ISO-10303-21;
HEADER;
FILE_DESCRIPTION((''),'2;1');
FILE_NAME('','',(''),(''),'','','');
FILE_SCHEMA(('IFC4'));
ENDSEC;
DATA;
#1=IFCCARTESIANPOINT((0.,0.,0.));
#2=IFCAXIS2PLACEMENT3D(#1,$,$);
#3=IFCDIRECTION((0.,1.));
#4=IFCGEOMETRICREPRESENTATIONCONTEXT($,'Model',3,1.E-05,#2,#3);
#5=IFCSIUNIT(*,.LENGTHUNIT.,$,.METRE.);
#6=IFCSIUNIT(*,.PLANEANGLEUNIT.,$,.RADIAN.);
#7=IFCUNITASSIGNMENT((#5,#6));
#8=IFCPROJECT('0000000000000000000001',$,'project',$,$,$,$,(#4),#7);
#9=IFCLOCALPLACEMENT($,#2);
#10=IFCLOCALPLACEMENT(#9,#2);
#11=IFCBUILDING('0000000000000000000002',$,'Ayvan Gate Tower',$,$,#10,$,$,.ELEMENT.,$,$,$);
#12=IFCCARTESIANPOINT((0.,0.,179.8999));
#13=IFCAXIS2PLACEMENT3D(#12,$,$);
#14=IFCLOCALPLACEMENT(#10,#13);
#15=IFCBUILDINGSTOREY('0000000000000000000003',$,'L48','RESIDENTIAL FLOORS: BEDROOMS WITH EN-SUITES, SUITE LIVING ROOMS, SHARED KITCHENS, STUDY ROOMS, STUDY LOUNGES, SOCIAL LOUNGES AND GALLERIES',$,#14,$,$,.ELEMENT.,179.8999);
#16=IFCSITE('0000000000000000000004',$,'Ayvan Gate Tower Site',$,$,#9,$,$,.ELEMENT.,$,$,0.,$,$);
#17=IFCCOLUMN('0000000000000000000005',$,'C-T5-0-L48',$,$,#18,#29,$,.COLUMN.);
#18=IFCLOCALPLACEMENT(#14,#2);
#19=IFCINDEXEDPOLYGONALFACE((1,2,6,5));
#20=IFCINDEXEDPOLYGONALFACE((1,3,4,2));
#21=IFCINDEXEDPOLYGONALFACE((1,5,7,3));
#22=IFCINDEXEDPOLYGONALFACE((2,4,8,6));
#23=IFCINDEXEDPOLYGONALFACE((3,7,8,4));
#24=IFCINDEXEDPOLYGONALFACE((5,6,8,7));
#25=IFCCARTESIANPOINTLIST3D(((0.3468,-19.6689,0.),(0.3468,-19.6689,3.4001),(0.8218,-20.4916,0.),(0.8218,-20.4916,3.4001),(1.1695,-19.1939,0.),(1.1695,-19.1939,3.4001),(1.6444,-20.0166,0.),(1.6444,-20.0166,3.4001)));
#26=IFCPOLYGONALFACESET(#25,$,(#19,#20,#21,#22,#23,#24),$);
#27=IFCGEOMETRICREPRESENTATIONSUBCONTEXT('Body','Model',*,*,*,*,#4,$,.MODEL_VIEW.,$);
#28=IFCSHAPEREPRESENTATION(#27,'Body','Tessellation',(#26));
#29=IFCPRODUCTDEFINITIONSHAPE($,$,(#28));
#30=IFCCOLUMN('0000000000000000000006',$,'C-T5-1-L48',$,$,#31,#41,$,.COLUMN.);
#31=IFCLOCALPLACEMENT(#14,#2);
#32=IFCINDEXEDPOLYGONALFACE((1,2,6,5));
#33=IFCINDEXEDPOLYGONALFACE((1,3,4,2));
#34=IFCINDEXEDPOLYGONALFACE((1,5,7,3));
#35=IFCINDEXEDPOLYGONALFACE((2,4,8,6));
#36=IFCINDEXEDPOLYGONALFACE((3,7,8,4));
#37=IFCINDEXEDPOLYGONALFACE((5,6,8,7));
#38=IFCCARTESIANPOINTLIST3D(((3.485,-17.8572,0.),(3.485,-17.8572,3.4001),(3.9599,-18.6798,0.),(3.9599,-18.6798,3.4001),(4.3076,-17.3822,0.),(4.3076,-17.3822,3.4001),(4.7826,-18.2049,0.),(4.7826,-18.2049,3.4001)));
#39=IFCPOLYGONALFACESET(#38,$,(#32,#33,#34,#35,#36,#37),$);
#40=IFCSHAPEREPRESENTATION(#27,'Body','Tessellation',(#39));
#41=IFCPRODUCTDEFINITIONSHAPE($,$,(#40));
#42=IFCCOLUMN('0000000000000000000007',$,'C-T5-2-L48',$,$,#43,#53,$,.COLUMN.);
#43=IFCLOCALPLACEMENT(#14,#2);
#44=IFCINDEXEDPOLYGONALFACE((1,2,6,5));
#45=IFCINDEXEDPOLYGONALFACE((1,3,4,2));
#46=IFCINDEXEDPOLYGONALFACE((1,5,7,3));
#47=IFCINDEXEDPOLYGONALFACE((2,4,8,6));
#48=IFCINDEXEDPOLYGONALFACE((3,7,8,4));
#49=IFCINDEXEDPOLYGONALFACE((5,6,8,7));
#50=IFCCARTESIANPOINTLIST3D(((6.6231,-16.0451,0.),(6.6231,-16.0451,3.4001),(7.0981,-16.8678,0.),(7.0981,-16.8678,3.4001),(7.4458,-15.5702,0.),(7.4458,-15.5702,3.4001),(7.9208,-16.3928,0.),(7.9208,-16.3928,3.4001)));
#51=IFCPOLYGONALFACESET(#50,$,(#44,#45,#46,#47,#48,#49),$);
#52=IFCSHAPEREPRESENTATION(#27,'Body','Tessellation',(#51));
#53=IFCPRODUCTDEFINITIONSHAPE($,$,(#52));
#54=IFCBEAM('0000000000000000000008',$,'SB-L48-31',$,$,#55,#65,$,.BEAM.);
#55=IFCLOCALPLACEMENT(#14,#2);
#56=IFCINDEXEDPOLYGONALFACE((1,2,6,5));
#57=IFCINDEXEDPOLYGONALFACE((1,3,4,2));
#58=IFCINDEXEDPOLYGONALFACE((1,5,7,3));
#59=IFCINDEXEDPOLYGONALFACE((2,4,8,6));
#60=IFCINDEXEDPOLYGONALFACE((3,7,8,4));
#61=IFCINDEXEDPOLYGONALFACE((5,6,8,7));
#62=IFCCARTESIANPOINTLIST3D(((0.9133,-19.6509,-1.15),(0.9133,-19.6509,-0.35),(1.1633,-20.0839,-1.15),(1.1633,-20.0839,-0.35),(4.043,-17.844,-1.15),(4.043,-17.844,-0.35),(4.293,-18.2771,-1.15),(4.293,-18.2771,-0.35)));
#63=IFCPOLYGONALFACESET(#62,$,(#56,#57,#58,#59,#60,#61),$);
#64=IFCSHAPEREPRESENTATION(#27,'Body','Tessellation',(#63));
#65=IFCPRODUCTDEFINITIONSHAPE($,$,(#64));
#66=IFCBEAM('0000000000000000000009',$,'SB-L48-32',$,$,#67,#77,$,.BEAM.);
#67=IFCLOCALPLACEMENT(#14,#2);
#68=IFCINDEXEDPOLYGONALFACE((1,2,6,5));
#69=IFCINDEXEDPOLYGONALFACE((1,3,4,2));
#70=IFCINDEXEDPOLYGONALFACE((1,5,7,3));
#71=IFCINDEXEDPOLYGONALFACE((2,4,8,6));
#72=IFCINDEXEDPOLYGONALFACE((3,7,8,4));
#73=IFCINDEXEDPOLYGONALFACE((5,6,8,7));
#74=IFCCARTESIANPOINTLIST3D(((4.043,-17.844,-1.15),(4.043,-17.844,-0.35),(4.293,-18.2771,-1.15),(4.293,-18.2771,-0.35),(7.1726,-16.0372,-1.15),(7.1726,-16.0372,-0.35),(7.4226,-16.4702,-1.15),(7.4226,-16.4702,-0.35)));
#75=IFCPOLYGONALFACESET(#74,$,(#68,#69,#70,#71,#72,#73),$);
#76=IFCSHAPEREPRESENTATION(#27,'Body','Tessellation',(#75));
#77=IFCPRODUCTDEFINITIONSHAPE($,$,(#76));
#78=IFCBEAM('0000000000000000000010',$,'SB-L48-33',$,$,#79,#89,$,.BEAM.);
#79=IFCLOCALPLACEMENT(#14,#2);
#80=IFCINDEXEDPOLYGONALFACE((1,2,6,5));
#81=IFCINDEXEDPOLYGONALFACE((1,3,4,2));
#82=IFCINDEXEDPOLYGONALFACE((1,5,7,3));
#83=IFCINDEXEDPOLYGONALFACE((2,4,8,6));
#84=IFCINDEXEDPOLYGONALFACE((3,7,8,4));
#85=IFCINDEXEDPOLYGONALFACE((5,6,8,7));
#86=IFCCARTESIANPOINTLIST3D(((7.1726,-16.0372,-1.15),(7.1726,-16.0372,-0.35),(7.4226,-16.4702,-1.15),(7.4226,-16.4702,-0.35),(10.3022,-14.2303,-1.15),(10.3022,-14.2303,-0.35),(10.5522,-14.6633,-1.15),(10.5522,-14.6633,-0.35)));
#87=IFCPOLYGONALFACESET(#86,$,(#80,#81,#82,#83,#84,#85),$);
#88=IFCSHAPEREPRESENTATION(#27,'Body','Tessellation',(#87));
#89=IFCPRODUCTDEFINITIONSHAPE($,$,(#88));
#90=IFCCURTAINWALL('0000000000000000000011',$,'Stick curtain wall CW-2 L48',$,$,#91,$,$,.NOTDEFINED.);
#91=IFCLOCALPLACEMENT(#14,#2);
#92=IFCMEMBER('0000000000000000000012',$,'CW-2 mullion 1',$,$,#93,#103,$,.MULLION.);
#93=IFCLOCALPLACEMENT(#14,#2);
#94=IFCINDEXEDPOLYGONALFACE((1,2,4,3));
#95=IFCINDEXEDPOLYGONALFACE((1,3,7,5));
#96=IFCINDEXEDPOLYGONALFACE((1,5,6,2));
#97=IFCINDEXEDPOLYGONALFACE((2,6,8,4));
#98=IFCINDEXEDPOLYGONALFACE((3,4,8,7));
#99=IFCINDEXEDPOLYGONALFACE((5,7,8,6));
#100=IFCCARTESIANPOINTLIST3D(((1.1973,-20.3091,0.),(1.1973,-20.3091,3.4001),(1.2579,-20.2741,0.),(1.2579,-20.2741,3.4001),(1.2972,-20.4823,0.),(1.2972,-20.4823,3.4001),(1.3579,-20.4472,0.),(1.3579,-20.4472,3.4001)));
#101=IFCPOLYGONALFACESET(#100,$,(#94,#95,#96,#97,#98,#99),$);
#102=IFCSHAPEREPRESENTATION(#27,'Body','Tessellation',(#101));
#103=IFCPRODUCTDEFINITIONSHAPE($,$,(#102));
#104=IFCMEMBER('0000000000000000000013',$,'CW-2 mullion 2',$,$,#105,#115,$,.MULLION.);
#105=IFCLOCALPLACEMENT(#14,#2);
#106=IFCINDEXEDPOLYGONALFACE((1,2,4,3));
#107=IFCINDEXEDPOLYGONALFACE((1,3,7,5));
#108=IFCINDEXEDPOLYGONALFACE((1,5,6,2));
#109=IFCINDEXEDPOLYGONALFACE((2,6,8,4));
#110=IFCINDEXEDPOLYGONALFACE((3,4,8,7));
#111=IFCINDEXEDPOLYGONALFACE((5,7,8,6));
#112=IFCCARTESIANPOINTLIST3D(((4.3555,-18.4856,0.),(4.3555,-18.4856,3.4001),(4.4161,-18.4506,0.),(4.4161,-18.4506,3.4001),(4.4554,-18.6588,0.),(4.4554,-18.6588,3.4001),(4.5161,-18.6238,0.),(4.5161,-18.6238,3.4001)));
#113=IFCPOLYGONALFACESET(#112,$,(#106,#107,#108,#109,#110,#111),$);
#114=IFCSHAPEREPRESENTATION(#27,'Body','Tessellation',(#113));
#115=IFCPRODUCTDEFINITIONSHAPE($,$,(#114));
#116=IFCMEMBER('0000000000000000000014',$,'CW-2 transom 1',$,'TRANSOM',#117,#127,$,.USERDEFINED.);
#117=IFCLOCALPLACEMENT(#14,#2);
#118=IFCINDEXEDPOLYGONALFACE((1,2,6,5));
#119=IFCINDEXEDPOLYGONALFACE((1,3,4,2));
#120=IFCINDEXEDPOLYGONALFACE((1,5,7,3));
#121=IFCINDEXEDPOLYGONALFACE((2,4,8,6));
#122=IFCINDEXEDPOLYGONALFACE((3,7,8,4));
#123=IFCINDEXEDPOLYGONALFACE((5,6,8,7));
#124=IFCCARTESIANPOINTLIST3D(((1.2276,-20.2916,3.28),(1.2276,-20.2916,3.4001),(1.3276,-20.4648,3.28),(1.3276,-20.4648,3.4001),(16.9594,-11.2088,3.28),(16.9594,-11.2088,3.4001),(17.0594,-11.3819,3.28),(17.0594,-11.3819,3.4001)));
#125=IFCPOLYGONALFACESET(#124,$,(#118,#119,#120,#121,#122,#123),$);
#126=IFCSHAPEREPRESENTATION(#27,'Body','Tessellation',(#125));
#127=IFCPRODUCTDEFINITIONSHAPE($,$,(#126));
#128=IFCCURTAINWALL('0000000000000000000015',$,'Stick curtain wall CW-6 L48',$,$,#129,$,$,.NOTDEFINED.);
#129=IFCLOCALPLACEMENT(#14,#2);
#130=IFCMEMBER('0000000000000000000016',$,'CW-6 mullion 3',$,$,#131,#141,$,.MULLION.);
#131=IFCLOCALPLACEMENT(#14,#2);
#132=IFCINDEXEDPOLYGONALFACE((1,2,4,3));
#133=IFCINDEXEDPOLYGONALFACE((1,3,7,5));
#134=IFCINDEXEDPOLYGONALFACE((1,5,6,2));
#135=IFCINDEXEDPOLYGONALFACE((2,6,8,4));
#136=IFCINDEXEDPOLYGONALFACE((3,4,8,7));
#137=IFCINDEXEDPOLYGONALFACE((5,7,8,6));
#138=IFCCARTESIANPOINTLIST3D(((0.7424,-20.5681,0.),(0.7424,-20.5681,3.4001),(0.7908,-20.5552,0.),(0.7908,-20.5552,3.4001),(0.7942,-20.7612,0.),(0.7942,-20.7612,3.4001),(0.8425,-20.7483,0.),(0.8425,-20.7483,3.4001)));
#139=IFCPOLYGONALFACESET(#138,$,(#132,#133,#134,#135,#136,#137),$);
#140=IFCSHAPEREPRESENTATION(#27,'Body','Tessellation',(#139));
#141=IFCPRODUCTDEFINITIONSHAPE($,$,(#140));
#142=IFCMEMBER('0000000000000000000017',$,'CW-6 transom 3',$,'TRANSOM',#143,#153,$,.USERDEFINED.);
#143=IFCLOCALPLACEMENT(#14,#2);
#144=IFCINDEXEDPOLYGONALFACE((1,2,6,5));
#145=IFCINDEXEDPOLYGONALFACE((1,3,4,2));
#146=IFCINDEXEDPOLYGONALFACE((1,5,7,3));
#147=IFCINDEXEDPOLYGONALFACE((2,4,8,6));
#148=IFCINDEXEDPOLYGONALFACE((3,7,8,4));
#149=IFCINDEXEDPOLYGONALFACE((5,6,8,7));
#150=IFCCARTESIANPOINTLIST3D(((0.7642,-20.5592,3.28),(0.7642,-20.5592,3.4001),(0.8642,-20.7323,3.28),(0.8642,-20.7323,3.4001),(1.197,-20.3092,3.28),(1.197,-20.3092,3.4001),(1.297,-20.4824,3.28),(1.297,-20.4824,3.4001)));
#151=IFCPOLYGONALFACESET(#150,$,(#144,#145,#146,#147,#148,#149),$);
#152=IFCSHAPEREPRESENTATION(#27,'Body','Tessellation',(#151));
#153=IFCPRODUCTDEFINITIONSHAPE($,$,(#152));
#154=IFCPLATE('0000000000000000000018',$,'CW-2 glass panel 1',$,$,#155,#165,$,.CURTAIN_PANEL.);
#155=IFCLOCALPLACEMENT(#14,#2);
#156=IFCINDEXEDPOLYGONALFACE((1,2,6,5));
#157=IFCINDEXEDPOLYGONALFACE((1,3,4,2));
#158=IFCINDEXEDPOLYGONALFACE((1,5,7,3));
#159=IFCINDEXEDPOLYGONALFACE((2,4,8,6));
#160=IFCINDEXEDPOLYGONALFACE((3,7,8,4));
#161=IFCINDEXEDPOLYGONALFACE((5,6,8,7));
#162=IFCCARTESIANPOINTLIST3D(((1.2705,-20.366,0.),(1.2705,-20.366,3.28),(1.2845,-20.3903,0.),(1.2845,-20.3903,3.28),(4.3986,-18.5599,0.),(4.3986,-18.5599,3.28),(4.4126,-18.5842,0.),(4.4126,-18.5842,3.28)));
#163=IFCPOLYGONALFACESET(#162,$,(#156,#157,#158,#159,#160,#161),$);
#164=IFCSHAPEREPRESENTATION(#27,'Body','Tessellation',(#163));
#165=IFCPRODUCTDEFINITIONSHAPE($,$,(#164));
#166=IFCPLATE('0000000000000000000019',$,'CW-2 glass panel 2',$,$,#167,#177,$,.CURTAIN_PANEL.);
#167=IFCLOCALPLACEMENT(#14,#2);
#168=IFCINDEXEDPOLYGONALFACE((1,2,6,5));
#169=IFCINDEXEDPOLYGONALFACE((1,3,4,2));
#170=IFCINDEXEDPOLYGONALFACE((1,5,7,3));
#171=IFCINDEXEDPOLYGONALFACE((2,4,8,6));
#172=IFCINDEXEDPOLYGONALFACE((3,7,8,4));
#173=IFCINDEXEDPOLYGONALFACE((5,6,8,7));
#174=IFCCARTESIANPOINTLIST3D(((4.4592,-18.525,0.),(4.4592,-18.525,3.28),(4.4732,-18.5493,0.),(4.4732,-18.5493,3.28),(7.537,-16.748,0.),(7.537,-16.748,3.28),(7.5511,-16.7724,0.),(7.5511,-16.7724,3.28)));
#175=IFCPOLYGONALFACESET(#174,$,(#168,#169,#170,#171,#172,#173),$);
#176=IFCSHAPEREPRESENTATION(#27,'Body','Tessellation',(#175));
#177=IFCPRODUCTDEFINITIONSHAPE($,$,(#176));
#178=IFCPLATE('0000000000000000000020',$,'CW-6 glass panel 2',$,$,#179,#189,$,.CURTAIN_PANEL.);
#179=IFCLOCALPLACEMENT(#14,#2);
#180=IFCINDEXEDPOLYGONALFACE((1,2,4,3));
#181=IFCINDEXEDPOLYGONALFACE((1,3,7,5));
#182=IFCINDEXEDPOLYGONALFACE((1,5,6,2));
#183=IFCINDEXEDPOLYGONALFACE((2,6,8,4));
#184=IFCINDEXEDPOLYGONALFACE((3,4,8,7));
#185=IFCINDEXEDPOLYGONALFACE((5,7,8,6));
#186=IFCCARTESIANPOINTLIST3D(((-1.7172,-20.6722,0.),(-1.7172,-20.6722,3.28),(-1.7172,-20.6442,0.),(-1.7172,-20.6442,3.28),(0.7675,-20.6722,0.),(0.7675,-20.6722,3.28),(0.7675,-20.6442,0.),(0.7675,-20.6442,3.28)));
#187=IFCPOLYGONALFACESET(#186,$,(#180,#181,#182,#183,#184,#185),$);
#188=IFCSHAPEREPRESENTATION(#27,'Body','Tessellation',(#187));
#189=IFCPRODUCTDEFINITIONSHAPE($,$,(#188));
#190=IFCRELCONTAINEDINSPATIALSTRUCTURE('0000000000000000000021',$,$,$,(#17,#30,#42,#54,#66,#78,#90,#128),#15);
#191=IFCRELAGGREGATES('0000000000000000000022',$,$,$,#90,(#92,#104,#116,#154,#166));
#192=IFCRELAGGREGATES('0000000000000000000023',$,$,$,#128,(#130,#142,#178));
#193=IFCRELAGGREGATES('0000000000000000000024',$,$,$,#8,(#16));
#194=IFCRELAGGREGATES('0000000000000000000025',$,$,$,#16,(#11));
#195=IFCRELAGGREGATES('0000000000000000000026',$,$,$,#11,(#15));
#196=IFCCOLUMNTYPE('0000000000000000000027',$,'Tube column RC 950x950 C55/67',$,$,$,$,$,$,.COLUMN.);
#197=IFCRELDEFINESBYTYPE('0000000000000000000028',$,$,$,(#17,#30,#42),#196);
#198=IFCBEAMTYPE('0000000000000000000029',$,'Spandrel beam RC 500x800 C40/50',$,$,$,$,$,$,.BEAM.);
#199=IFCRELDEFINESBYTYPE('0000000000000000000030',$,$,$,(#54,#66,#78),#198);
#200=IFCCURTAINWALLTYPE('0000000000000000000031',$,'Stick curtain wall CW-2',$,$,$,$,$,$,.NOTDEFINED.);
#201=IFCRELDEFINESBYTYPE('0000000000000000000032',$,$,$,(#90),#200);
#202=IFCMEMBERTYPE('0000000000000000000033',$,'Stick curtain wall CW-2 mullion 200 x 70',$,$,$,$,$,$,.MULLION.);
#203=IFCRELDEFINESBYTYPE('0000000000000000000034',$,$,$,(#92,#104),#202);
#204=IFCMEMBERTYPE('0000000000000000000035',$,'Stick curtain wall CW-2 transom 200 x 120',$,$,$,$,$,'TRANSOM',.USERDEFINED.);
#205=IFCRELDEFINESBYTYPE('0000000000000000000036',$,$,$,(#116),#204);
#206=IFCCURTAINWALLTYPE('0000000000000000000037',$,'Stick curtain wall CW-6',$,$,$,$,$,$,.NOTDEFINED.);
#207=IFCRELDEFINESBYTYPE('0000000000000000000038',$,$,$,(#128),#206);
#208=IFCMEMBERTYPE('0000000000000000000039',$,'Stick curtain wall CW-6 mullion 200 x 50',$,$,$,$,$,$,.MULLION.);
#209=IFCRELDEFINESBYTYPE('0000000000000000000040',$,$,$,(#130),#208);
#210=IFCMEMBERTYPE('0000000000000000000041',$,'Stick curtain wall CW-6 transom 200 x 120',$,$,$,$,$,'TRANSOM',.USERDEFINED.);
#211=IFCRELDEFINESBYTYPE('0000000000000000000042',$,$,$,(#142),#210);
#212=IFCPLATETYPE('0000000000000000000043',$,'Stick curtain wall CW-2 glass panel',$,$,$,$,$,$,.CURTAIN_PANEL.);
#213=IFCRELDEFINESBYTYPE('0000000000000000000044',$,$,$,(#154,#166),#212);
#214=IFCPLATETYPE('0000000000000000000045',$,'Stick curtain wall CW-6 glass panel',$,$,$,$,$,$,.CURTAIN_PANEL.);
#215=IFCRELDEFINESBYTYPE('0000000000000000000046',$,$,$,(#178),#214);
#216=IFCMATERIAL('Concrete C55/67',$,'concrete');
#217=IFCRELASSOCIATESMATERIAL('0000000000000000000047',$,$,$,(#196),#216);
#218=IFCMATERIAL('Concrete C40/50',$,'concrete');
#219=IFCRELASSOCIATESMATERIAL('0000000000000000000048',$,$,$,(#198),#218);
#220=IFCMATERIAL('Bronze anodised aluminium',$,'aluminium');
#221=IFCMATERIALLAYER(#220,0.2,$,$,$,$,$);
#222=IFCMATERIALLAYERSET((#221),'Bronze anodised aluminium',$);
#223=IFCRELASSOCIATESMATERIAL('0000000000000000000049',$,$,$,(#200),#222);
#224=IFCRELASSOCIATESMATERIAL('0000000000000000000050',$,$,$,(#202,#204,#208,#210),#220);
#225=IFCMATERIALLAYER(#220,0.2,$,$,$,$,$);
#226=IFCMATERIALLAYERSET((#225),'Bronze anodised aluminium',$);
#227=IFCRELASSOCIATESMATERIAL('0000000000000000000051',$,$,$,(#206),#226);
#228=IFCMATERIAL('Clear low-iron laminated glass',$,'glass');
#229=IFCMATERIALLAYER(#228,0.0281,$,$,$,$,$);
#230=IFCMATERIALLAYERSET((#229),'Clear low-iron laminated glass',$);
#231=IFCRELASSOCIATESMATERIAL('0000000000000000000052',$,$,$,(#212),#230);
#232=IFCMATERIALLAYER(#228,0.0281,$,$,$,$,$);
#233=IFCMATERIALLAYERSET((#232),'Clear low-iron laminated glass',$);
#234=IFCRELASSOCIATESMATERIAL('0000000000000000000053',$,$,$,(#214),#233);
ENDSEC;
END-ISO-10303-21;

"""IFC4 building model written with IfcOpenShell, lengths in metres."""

from ifc_helpers import new_model, si_unit, direction, frame, origin, origin_2d, place, context, subcontext, project, spatial, rectangle, extrude, material, layer, layer_set, material_profile, profile_set, type_object, element, aggregate, save


model = new_model("IFC4")

# Units and contexts
model_context = context("Model", 3, precision=1e-05, world=origin(), true_north=direction((0.0, 1.0)))
body_context = subcontext(model_context, "Body", "Model", "MODEL_VIEW")
ifc_project = project(units=[si_unit("LENGTHUNIT", "METRE"), si_unit("PLANEANGLEUNIT", "RADIAN")], contexts=[model_context])

# Site, building, storey
site_placement = place(None, origin())
site = spatial("IfcSite", under=ifc_project, at=site_placement, Name="Ayvan Gate Tower Site", CompositionType="ELEMENT", RefElevation=0.0)
building_placement = place(site_placement, origin())
building = spatial("IfcBuilding", under=site, at=building_placement, Name="Ayvan Gate Tower", CompositionType="ELEMENT")
storey_placement = place(building_placement, frame((0.0, 0.0, 179.8999)))
storey = spatial("IfcBuildingStorey", under=building, at=storey_placement, Name="L48", Description="RESIDENTIAL FLOORS: BEDROOMS WITH EN-SUITES, SUITE LIVING ROOMS, SHARED KITCHENS, STUDY ROOMS, STUDY LOUNGES, SOCIAL LOUNGES AND GALLERIES", CompositionType="ELEMENT", Elevation=179.8999)

# Columns
ifc_material_1 = material(Name="Concrete C55/67", Category="concrete")
ifc_material_profile_1 = material_profile(ifc_material_1, rectangle(XDim=0.95, YDim=0.95, at=origin_2d()), Name="RC 950x950")
ifc_profile_set_1 = profile_set([ifc_material_profile_1], Name="Concrete C55/67")
column_type = type_object("IfcColumnType", Name="Tube column RC 950x950 C55/67", PredefinedType="COLUMN", material=ifc_profile_set_1)
for number, where, z_axis, x_axis, name in (
    (1, (0.9956, -19.8428, 0.0), (0.0, 0.0, 1.0), (0.5, -0.866025, 0.0), "C-T5-0-L48"),
    (2, (4.1338, -18.031, 0.0), (0.0, 0.0, 1.0), (0.5, -0.866025, 0.0), "C-T5-1-L48"),
    (3, (7.272, -16.219, 0.0), (0.0, 0.0, 1.0), (0.5, -0.866025, 0.0), "C-T5-2-L48"),
):
    element("IfcColumn", number, at=place(storey_placement, frame(where, z_axis=z_axis, x_axis=x_axis)), inside=storey, type_object=column_type, Name=name, PredefinedType="COLUMN", context=body_context, shape_type="SweptSolid", body=[
        extrude(rectangle(XDim=0.95, YDim=0.95, at=origin_2d()), origin(), (0.0, 0.0, 1.0), 3.4001),
    ])

# Beams
ifc_material_2 = material(Name="Concrete C40/50", Category="concrete")
ifc_material_profile_2 = material_profile(ifc_material_2, rectangle(XDim=0.5, YDim=0.8, at=origin_2d()), Name="RC 500x800")
ifc_profile_set_2 = profile_set([ifc_material_profile_2], Name="Concrete C40/50")
beam_type = type_object("IfcBeamType", Name="Spandrel beam RC 500x800 C40/50", PredefinedType="BEAM", material=ifc_profile_set_2)
for number, where, z_axis, x_axis, name in (
    (4, (1.0383, -19.8674, -0.75), (0.866027, 0.499997, 0.0), (-0.499997, 0.866027, 0.0), "SB-L48-31"),
    (5, (4.168, -18.0605, -0.75), (0.866027, 0.499997, 0.0), (-0.499997, 0.866027, 0.0), "SB-L48-32"),
    (6, (7.2976, -16.2537, -0.75), (0.866027, 0.499997, 0.0), (-0.499997, 0.866027, 0.0), "SB-L48-33"),
):
    element("IfcBeam", number, at=place(storey_placement, frame(where, z_axis=z_axis, x_axis=x_axis)), inside=storey, type_object=beam_type, Name=name, PredefinedType="BEAM", context=body_context, shape_type="SweptSolid", body=[
        extrude(rectangle(XDim=0.5, YDim=0.8, at=origin_2d()), origin(), (0.0, 0.0, 1.0), 3.6138),
    ])

# Curtain walls, members
ifc_material_3 = material(Name="Bronze anodised aluminium", Category="aluminium")
ifc_layer_1 = layer(ifc_material_3, 0.2)
ifc_layer_set_1 = layer_set([ifc_layer_1], Name="Bronze anodised aluminium")
curtain_wall_type_1 = type_object("IfcCurtainWallType", Name="Stick curtain wall CW-2", PredefinedType="NOTDEFINED", material=ifc_layer_set_1)
curtain_wall_1_placement = place(storey_placement, origin())
curtain_wall_1 = element("IfcCurtainWall", 7, at=curtain_wall_1_placement, inside=storey, type_object=curtain_wall_type_1, Name="Stick curtain wall CW-2 L48", PredefinedType="NOTDEFINED")
ifc_material_profile_3 = material_profile(ifc_material_3, rectangle(XDim=0.2, YDim=0.0701, at=origin_2d()), Name="Stick curtain wall CW-2 mullion 200 x 70")
ifc_profile_set_3 = profile_set([ifc_material_profile_3], Name="Bronze anodised aluminium")
member_type_1 = type_object("IfcMemberType", Name="Stick curtain wall CW-2 mullion 200 x 70", PredefinedType="MULLION", material=ifc_profile_set_3)
member_1_placement = place(storey_placement, frame((1.2776, -20.3782, 0.0), z_axis=(0.0, 0.0, 1.0), x_axis=(0.5, -0.866025, 0.0)))
member_1 = element("IfcMember", 8, at=member_1_placement, type_object=member_type_1, Name="CW-2 mullion 1", PredefinedType="MULLION", context=body_context, shape_type="SweptSolid", body=[
    extrude(rectangle(XDim=0.2, YDim=0.0701, at=origin_2d()), origin(), (0.0, 0.0, 1.0), 3.4001),
])
member_2_placement = place(storey_placement, frame((4.4358, -18.5547, 0.0), z_axis=(0.0, 0.0, 1.0), x_axis=(0.5, -0.866025, 0.0)))
member_2 = element("IfcMember", 9, at=member_2_placement, type_object=member_type_1, Name="CW-2 mullion 2", PredefinedType="MULLION", context=body_context, shape_type="SweptSolid", body=[
    extrude(rectangle(XDim=0.2, YDim=0.0701, at=origin_2d()), origin(), (0.0, 0.0, 1.0), 3.4001),
])
ifc_material_profile_4 = material_profile(ifc_material_3, rectangle(XDim=0.2, YDim=0.1201, at=origin_2d()), Name="Stick curtain wall CW-2 transom 200 x 120")
ifc_profile_set_4 = profile_set([ifc_material_profile_4], Name="Bronze anodised aluminium")
member_type_2 = type_object("IfcMemberType", Name="Stick curtain wall CW-2 transom 200 x 120", ElementType="TRANSOM", PredefinedType="USERDEFINED", material=ifc_profile_set_4)
member_3_placement = place(storey_placement, frame((1.2776, -20.3782, 3.3401), z_axis=(0.866024, 0.500003, 0.0), x_axis=(-0.500003, 0.866024, 0.0)))
member_3 = element("IfcMember", 10, at=member_3_placement, type_object=member_type_2, Name="CW-2 transom 1", ObjectType="TRANSOM", PredefinedType="USERDEFINED", context=body_context, shape_type="SweptSolid", body=[
    extrude(rectangle(XDim=0.2, YDim=0.1201, at=origin_2d()), origin(), (0.0, 0.0, 1.0), 18.1655),
])
ifc_layer_2 = layer(ifc_material_3, 0.2)
ifc_layer_set_2 = layer_set([ifc_layer_2], Name="Bronze anodised aluminium")
curtain_wall_type_2 = type_object("IfcCurtainWallType", Name="Stick curtain wall CW-6", PredefinedType="NOTDEFINED", material=ifc_layer_set_2)
curtain_wall_2_placement = place(storey_placement, origin())
curtain_wall_2 = element("IfcCurtainWall", 11, at=curtain_wall_2_placement, inside=storey, type_object=curtain_wall_type_2, Name="Stick curtain wall CW-6 L48", PredefinedType="NOTDEFINED")
ifc_material_profile_5 = material_profile(ifc_material_3, rectangle(XDim=0.2, YDim=0.05, at=origin_2d()), Name="Stick curtain wall CW-6 mullion 200 x 50")
ifc_profile_set_5 = profile_set([ifc_material_profile_5], Name="Bronze anodised aluminium")
member_type_3 = type_object("IfcMemberType", Name="Stick curtain wall CW-6 mullion 200 x 50", PredefinedType="MULLION", material=ifc_profile_set_5)
member_4_placement = place(storey_placement, frame((0.7925, -20.6582, 0.0), z_axis=(0.0, 0.0, 1.0), x_axis=(0.258819, -0.965926, 0.0)))
member_4 = element("IfcMember", 12, at=member_4_placement, type_object=member_type_3, Name="CW-6 mullion 3", PredefinedType="MULLION", context=body_context, shape_type="SweptSolid", body=[
    extrude(rectangle(XDim=0.2, YDim=0.05, at=origin_2d()), origin(), (0.0, 0.0, 1.0), 3.4001),
])
ifc_material_profile_6 = material_profile(ifc_material_3, rectangle(XDim=0.2, YDim=0.1201, at=origin_2d()), Name="Stick curtain wall CW-6 transom 200 x 120")
ifc_profile_set_6 = profile_set([ifc_material_profile_6], Name="Bronze anodised aluminium")
member_type_4 = type_object("IfcMemberType", Name="Stick curtain wall CW-6 transom 200 x 120", ElementType="TRANSOM", PredefinedType="USERDEFINED", material=ifc_profile_set_6)
member_5_placement = place(storey_placement, frame((0.8142, -20.6458, 3.3401), z_axis=(0.86595, 0.500131, 0.0), x_axis=(-0.500131, 0.86595, 0.0)))
member_5 = element("IfcMember", 13, at=member_5_placement, type_object=member_type_4, Name="CW-6 transom 3", ObjectType="TRANSOM", PredefinedType="USERDEFINED", context=body_context, shape_type="SweptSolid", body=[
    extrude(rectangle(XDim=0.2, YDim=0.1201, at=origin_2d()), origin(), (0.0, 0.0, 1.0), 0.4998),
])

# Plates
ifc_material_4 = material(Name="Clear low-iron laminated glass", Category="glass")
ifc_layer_3 = layer(ifc_material_4, 0.0281)
ifc_layer_set_3 = layer_set([ifc_layer_3], Name="Clear low-iron laminated glass")
plate_type_1 = type_object("IfcPlateType", Name="Stick curtain wall CW-2 glass panel", PredefinedType="CURTAIN_PANEL", material=ifc_layer_set_3)
plate_1_placement = place(storey_placement, frame((2.8416, -19.4751, 0.0), z_axis=(0.0, 0.0, 1.0), x_axis=(0.866025, 0.5, 0.0)))
plate_1 = element("IfcPlate", 14, at=plate_1_placement, type_object=plate_type_1, Name="CW-2 glass panel 1", PredefinedType="CURTAIN_PANEL", context=body_context, shape_type="SweptSolid", body=[
    extrude(rectangle(XDim=3.6121, YDim=0.0281, at=origin_2d()), origin(), (0.0, 0.0, 1.0), 3.28),
])
plate_2_placement = place(storey_placement, frame((6.0051, -17.6487, 0.0), z_axis=(0.0, 0.0, 1.0), x_axis=(0.866025, 0.5, 0.0)))
plate_2 = element("IfcPlate", 15, at=plate_2_placement, type_object=plate_type_1, Name="CW-2 glass panel 2", PredefinedType="CURTAIN_PANEL", context=body_context, shape_type="SweptSolid", body=[
    extrude(rectangle(XDim=3.554, YDim=0.0281, at=origin_2d()), origin(), (0.0, 0.0, 1.0), 3.28),
])
aggregate(curtain_wall_1, [member_1, member_2, member_3, plate_1, plate_2])
ifc_layer_4 = layer(ifc_material_4, 0.0281)
ifc_layer_set_4 = layer_set([ifc_layer_4], Name="Clear low-iron laminated glass")
plate_type_2 = type_object("IfcPlateType", Name="Stick curtain wall CW-6 glass panel", PredefinedType="CURTAIN_PANEL", material=ifc_layer_set_4)
plate_3_placement = place(storey_placement, frame((-0.4749, -20.6582, 0.0), z_axis=(0.0, 0.0, 1.0), x_axis=(1.0, 0.0, 0.0)))
plate_3 = element("IfcPlate", 16, at=plate_3_placement, type_object=plate_type_2, Name="CW-6 glass panel 2", PredefinedType="CURTAIN_PANEL", context=body_context, shape_type="SweptSolid", body=[
    extrude(rectangle(XDim=2.4846, YDim=0.0281, at=origin_2d()), origin(), (0.0, 0.0, 1.0), 3.28),
])
aggregate(curtain_wall_2, [member_4, member_5, plate_3])

save(model, "model.ifc")
